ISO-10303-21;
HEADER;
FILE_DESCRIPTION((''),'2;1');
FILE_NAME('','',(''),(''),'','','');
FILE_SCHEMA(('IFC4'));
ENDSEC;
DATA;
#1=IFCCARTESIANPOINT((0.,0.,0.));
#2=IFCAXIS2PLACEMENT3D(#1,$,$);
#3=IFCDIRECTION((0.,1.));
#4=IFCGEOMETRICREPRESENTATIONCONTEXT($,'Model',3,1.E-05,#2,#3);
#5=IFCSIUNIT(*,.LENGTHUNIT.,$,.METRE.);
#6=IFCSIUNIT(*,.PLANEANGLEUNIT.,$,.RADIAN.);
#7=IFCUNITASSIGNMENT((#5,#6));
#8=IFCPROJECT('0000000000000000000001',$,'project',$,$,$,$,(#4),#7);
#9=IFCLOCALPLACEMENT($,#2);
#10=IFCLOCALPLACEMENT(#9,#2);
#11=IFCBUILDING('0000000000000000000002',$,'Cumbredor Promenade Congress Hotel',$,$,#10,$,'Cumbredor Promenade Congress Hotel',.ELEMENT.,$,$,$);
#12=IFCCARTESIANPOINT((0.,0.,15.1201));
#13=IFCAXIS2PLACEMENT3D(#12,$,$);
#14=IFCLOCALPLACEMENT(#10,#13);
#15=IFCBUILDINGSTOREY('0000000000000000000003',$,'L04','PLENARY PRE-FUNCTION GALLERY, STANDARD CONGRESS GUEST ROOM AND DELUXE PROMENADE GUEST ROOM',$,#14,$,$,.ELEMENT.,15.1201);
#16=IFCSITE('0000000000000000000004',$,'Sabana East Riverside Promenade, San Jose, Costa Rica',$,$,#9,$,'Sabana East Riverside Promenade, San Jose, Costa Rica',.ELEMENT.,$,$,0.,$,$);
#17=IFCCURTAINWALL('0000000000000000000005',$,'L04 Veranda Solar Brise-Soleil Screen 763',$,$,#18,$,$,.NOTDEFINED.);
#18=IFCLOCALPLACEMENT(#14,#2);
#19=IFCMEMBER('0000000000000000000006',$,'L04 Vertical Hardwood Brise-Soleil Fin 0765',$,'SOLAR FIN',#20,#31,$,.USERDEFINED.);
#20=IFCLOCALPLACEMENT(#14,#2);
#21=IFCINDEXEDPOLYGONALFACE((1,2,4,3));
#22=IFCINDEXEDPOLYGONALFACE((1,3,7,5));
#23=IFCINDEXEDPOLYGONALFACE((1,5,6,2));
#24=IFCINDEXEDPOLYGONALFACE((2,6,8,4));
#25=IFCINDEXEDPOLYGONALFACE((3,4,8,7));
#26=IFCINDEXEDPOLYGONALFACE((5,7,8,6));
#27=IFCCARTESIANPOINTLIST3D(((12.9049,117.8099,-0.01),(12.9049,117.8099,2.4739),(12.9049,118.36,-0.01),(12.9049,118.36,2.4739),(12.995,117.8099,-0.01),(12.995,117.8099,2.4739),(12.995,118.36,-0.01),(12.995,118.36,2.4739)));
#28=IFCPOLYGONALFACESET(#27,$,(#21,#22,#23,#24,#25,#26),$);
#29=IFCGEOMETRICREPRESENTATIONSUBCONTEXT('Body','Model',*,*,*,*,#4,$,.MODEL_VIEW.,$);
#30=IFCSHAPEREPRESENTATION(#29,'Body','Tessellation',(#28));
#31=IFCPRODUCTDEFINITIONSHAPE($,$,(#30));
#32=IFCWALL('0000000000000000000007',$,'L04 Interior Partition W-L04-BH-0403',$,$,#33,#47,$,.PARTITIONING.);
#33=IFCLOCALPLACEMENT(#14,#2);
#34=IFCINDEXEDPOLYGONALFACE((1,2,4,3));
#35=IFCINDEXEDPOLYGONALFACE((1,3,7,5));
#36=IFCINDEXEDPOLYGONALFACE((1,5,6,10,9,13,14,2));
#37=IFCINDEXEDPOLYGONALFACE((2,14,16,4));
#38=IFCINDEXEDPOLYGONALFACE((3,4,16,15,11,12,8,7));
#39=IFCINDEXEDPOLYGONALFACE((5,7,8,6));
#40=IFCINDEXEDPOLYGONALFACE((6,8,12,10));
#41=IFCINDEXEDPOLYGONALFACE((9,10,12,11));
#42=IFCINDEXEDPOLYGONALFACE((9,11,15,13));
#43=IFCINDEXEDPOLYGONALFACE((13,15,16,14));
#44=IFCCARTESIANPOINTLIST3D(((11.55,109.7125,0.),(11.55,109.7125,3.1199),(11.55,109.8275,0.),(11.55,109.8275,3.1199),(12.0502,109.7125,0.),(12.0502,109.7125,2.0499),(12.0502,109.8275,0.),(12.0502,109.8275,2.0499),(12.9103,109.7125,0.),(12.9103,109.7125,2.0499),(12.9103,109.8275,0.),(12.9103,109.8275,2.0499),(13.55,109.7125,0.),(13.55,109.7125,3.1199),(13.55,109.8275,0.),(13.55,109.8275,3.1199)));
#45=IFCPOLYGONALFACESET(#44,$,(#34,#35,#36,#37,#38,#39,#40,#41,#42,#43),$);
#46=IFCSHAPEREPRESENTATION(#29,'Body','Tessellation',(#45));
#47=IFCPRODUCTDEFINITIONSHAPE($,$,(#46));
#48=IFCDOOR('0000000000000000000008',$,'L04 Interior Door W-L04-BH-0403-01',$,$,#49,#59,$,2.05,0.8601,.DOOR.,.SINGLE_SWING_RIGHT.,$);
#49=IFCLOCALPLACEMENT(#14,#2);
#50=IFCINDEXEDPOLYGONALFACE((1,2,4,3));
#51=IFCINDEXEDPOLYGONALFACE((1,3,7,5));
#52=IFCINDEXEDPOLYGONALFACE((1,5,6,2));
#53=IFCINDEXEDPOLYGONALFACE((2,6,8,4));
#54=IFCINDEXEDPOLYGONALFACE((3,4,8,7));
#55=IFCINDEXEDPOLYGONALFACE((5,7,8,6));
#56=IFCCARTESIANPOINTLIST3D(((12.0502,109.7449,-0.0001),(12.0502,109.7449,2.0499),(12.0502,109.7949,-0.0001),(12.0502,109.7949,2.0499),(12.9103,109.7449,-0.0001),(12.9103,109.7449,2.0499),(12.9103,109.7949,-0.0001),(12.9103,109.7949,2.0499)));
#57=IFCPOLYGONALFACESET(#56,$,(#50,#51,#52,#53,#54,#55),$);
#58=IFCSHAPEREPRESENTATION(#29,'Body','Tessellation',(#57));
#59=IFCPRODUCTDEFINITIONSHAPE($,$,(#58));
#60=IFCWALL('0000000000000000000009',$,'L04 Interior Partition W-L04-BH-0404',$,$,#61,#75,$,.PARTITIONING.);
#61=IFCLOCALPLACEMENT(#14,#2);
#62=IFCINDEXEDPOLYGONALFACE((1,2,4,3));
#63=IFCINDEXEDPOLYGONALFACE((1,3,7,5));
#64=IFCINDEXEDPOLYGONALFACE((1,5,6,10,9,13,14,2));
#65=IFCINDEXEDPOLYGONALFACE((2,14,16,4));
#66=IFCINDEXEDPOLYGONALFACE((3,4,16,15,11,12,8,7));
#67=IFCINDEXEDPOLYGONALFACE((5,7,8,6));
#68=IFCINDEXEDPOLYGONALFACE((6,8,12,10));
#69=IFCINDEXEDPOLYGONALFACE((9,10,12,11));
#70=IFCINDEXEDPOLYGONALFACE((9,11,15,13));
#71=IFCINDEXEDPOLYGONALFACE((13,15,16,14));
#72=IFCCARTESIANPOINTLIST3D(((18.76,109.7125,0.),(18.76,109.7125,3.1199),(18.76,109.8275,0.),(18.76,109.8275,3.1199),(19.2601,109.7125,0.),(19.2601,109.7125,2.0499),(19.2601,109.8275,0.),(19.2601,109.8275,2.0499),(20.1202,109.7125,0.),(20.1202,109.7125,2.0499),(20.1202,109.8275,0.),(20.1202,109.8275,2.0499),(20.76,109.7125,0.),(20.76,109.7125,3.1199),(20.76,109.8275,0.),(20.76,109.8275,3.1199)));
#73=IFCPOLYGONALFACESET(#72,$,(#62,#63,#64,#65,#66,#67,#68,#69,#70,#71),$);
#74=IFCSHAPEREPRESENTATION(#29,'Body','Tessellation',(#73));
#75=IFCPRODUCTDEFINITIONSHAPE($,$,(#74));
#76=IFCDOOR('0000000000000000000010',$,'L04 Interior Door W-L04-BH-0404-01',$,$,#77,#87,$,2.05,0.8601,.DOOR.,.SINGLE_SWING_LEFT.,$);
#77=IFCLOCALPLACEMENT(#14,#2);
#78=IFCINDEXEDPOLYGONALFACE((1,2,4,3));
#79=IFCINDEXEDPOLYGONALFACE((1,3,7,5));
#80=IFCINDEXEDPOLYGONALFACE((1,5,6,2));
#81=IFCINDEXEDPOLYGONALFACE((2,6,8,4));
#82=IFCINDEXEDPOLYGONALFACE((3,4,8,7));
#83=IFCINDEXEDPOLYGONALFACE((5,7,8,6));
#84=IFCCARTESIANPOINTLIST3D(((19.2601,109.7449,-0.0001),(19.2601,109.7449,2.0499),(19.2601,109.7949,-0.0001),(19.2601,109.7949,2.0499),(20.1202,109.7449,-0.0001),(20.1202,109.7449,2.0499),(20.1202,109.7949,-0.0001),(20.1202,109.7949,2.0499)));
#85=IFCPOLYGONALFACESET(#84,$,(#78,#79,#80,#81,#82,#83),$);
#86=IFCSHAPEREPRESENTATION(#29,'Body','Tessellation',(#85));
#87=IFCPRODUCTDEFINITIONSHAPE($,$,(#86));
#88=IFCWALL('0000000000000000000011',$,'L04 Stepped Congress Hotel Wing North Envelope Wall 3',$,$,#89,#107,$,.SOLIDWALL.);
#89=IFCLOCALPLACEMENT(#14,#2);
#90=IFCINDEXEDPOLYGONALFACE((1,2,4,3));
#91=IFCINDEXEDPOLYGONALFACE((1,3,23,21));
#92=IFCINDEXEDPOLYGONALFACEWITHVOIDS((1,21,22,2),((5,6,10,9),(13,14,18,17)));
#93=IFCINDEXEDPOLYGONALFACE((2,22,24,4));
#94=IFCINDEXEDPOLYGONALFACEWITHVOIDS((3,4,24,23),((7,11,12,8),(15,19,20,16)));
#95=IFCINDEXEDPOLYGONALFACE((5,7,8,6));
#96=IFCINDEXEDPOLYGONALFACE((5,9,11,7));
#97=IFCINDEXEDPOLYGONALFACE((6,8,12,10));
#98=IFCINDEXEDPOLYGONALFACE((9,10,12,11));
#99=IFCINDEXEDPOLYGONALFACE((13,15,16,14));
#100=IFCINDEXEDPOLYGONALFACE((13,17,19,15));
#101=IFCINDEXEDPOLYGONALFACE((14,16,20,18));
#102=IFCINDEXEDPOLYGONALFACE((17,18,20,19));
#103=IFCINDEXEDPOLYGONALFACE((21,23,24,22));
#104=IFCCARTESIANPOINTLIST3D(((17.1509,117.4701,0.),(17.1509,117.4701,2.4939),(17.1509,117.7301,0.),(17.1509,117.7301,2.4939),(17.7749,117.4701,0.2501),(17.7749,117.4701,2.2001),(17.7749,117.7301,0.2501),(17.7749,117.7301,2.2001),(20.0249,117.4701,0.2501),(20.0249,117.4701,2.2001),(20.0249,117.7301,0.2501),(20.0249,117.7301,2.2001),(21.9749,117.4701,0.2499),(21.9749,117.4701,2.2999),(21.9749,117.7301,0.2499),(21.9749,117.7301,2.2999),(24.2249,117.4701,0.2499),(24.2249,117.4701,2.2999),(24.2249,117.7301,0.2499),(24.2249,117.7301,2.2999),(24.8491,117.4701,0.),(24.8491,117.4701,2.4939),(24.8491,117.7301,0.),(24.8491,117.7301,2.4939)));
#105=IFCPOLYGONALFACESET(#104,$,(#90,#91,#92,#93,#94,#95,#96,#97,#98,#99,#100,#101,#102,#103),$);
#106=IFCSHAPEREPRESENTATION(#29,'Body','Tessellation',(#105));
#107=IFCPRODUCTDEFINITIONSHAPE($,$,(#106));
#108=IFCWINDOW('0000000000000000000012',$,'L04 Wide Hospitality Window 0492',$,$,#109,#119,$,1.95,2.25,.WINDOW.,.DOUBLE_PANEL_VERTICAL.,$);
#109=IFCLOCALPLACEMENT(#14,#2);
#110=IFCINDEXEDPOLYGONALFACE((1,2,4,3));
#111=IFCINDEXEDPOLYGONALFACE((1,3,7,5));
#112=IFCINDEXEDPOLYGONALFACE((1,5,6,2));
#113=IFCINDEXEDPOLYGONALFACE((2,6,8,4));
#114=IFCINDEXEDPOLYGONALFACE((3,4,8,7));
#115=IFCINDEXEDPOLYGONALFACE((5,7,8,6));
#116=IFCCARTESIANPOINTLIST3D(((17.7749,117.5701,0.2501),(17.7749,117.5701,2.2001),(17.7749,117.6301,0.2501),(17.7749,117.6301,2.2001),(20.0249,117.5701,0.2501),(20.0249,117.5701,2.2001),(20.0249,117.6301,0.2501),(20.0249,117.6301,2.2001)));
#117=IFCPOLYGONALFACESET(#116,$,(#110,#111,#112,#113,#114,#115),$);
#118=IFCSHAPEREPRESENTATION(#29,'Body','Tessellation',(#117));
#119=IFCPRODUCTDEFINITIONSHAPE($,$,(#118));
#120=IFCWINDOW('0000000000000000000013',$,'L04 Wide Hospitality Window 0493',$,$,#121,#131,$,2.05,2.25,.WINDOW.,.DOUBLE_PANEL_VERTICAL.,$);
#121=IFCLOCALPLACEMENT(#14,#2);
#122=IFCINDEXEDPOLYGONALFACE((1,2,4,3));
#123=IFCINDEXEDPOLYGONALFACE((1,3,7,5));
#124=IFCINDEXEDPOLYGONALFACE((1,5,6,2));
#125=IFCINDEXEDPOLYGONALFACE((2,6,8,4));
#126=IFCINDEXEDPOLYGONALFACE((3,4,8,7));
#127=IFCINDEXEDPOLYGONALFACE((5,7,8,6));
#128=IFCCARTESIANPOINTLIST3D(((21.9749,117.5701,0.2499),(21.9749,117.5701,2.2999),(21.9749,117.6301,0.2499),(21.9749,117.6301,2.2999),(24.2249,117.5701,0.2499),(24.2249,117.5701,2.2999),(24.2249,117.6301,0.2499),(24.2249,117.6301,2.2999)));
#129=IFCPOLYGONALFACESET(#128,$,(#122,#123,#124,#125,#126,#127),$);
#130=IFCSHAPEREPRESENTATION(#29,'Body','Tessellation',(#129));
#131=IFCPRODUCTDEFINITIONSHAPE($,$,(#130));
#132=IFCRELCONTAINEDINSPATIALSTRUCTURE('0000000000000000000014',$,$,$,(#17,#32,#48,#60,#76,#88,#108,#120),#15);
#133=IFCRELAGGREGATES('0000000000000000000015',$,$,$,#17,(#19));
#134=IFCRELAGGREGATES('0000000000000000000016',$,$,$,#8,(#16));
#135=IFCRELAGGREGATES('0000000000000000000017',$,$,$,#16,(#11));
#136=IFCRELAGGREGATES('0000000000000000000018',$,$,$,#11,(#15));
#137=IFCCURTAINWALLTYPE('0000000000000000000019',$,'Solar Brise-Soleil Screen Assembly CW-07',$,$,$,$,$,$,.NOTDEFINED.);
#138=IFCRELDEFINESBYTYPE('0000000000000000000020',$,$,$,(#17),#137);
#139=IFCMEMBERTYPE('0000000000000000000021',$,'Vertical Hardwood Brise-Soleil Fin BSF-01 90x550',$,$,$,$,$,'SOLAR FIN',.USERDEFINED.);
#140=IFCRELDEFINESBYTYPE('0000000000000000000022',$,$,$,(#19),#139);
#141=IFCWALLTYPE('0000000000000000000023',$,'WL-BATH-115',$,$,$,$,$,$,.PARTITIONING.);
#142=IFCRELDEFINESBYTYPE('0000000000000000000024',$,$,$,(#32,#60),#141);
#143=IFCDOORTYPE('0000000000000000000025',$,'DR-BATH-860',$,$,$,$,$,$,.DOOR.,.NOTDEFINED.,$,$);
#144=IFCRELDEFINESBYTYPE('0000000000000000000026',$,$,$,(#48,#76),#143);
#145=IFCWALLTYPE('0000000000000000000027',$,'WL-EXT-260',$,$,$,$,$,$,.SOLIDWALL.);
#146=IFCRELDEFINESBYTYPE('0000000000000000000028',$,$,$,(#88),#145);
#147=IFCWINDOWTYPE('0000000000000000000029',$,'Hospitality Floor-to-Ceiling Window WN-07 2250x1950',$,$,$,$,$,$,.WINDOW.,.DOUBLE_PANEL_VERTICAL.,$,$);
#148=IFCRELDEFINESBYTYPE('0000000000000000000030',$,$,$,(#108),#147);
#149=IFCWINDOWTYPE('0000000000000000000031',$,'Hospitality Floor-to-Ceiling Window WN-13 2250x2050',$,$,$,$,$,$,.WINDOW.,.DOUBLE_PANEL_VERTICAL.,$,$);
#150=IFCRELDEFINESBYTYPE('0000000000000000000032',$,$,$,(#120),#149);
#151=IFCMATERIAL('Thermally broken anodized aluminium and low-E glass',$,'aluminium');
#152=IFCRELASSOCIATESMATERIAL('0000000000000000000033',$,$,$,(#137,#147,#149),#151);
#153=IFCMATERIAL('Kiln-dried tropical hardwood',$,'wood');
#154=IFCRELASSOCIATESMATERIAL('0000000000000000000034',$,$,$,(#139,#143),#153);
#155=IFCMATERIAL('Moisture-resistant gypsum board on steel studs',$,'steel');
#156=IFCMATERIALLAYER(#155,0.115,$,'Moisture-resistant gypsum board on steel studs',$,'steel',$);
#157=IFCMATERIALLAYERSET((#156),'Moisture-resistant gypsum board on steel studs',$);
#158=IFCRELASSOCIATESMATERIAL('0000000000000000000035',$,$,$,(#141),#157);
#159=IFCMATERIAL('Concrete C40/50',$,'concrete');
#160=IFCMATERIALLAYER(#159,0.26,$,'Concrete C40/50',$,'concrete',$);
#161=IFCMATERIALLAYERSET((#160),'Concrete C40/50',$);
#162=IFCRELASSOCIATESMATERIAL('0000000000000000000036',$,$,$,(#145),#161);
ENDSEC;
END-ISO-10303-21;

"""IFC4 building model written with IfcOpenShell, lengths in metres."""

from ifc_helpers import new_model, si_unit, direction, frame, frame_2d, origin, origin_2d, place, context, subcontext, project, spatial, rectangle, extrude, material, layer, layer_set, material_profile, profile_set, type_object, element, fill, aggregate, save


model = new_model("IFC4")

# Units and contexts
model_context = context("Model", 3, precision=1e-05, world=origin(), true_north=direction((0.0, 1.0)))
body_context = subcontext(model_context, "Body", "Model", "MODEL_VIEW")
ifc_project = project(units=[si_unit("LENGTHUNIT", "METRE"), si_unit("PLANEANGLEUNIT", "RADIAN")], contexts=[model_context])

# Site, building, storey
site_placement = place(None, origin())
site = spatial("IfcSite", under=ifc_project, at=site_placement, Name="Sabana East Riverside Promenade, San Jose, Costa Rica", LongName="Sabana East Riverside Promenade, San Jose, Costa Rica", CompositionType="ELEMENT", RefElevation=0.0)
building_placement = place(site_placement, origin())
building = spatial("IfcBuilding", under=site, at=building_placement, Name="Cumbredor Promenade Congress Hotel", LongName="Cumbredor Promenade Congress Hotel", CompositionType="ELEMENT")
storey_placement = place(building_placement, frame((0.0, 0.0, 15.1201)))
storey = spatial("IfcBuildingStorey", under=building, at=storey_placement, Name="L04", Description="PLENARY PRE-FUNCTION GALLERY, STANDARD CONGRESS GUEST ROOM AND DELUXE PROMENADE GUEST ROOM", CompositionType="ELEMENT", Elevation=15.1201)

# Shared definitions
ifc_material_1 = material(Name="Concrete C40/50", Category="concrete")

# Curtain wall
ifc_material_2 = material(Name="Thermally broken anodized aluminium and low-E glass", Category="aluminium")
curtain_wall_type = type_object("IfcCurtainWallType", Name="Solar Brise-Soleil Screen Assembly CW-07", PredefinedType="NOTDEFINED", material=ifc_material_2)
curtain_wall_1_placement = place(storey_placement, origin())
curtain_wall_1 = element("IfcCurtainWall", 1, at=curtain_wall_1_placement, inside=storey, type_object=curtain_wall_type, Name="L04 Veranda Solar Brise-Soleil Screen 763", PredefinedType="NOTDEFINED")

# Member
ifc_material_3 = material(Name="Kiln-dried tropical hardwood", Category="wood")
ifc_material_profile_1 = material_profile(ifc_material_3, rectangle(XDim=0.0901, YDim=0.55, at=origin_2d()), Name="ARCH FIN 90x550")
ifc_profile_set_1 = profile_set([ifc_material_profile_1], Name="Kiln-dried tropical hardwood")
member_type_1 = type_object("IfcMemberType", Name="Vertical Hardwood Brise-Soleil Fin BSF-01 90x550", ElementType="SOLAR FIN", PredefinedType="USERDEFINED", material=ifc_profile_set_1)
member_1_placement = place(storey_placement, frame((12.95, 118.085, -0.01), z_axis=(0.0, 0.0, 1.0), x_axis=(1.0, 0.0, 0.0)))
member_1 = element("IfcMember", 2, at=member_1_placement, type_object=member_type_1, Name="L04 Vertical Hardwood Brise-Soleil Fin 0765", ObjectType="SOLAR FIN", PredefinedType="USERDEFINED", context=body_context, shape_type="SweptSolid", body=[
    extrude(rectangle(XDim=0.0901, YDim=0.55, at=origin_2d()), origin(), (0.0, 0.0, 1.0), 2.4839),
])
aggregate(curtain_wall_1, [member_1])

# Walls, openings, doors
ifc_material_4 = material(Name="Moisture-resistant gypsum board on steel studs", Category="steel")
ifc_layer_1 = layer(ifc_material_4, 0.115, Name="Moisture-resistant gypsum board on steel studs", Category="steel")
ifc_layer_set_1 = layer_set([ifc_layer_1], Name="Moisture-resistant gypsum board on steel studs")
wall_type_1 = type_object("IfcWallType", Name="WL-BATH-115", PredefinedType="PARTITIONING", material=ifc_layer_set_1)
wall_1_placement = place(storey_placement, frame((11.55, 109.77, 0.0), z_axis=(0.0, 0.0, 1.0), x_axis=(1.0, 0.0, 0.0)))
wall_1 = element("IfcWall", 3, at=wall_1_placement, inside=storey, type_object=wall_type_1, Name="L04 Interior Partition W-L04-BH-0403", PredefinedType="PARTITIONING", context=body_context, shape_type="SweptSolid", body=[
    extrude(rectangle(XDim=2.0, YDim=0.115, at=frame_2d((1.0, 0.0))), origin(), (0.0, 0.0, 1.0), 3.1199),
])
opening_1_placement = place(wall_1_placement, frame((0.5, 0.0, 0.0)))
opening_1 = element("IfcOpeningElement", 4, at=opening_1_placement, cuts=wall_1, PredefinedType="OPENING", context=body_context, shape_type="SweptSolid", body=[
    extrude(rectangle(XDim=0.8601, YDim=2.05, at=frame_2d((0.4302, 1.0249))), frame((0.0, 0.0674, 0.0), z_axis=(0.0, -1.0, 0.0), x_axis=(1.0, 0.0, 0.0)), (0.0, 0.0, 1.0), 0.135),
])
door_type_1 = type_object("IfcDoorType", Name="DR-BATH-860", OperationType="NOTDEFINED", PredefinedType="DOOR", material=ifc_material_3)
door_1_placement = place(opening_1_placement, origin())
door_1 = element("IfcDoor", 5, at=door_1_placement, inside=storey, type_object=door_type_1, Name="L04 Interior Door W-L04-BH-0403-01", OperationType="SINGLE_SWING_RIGHT", OverallHeight=2.05, OverallWidth=0.8601, PredefinedType="DOOR", context=body_context, shape_type="SweptSolid", body=[
    extrude(rectangle(XDim=0.8601, YDim=2.05, at=frame_2d((0.4302, 1.0249))), frame((0.0, 0.0249, 0.0), z_axis=(0.0, -1.0, 0.0), x_axis=(1.0, 0.0, 0.0)), (0.0, 0.0, 1.0), 0.05),
])
fill(opening_1, door_1)
wall_2_placement = place(storey_placement, frame((18.76, 109.77, 0.0), z_axis=(0.0, 0.0, 1.0), x_axis=(1.0, 0.0, 0.0)))
wall_2 = element("IfcWall", 6, at=wall_2_placement, inside=storey, type_object=wall_type_1, Name="L04 Interior Partition W-L04-BH-0404", PredefinedType="PARTITIONING", context=body_context, shape_type="SweptSolid", body=[
    extrude(rectangle(XDim=2.0, YDim=0.115, at=frame_2d((1.0, 0.0))), origin(), (0.0, 0.0, 1.0), 3.1199),
])
opening_2_placement = place(wall_2_placement, frame((0.5, 0.0, 0.0)))
opening_2 = element("IfcOpeningElement", 7, at=opening_2_placement, cuts=wall_2, PredefinedType="OPENING", context=body_context, shape_type="SweptSolid", body=[
    extrude(rectangle(XDim=0.8601, YDim=2.05, at=frame_2d((0.4302, 1.0249))), frame((0.0, 0.0674, 0.0), z_axis=(0.0, -1.0, 0.0), x_axis=(1.0, 0.0, 0.0)), (0.0, 0.0, 1.0), 0.135),
])
door_2_placement = place(opening_2_placement, origin())
door_2 = element("IfcDoor", 8, at=door_2_placement, inside=storey, type_object=door_type_1, Name="L04 Interior Door W-L04-BH-0404-01", OperationType="SINGLE_SWING_LEFT", OverallHeight=2.05, OverallWidth=0.8601, PredefinedType="DOOR", context=body_context, shape_type="SweptSolid", body=[
    extrude(rectangle(XDim=0.8601, YDim=2.05, at=frame_2d((0.4302, 1.0249))), frame((0.0, 0.0249, 0.0), z_axis=(0.0, -1.0, 0.0), x_axis=(1.0, 0.0, 0.0)), (0.0, 0.0, 1.0), 0.05),
])
fill(opening_2, door_2)

# Wall, openings, windows
ifc_layer_2 = layer(ifc_material_1, 0.26, Name="Concrete C40/50", Category="concrete")
ifc_layer_set_2 = layer_set([ifc_layer_2], Name="Concrete C40/50")
wall_type_2 = type_object("IfcWallType", Name="WL-EXT-260", PredefinedType="SOLIDWALL", material=ifc_layer_set_2)
wall_3_placement = place(storey_placement, frame((17.1509, 117.6001, 0.0), z_axis=(0.0, 0.0, 1.0), x_axis=(1.0, 0.0, 0.0)))
wall_3 = element("IfcWall", 9, at=wall_3_placement, inside=storey, type_object=wall_type_2, Name="L04 Stepped Congress Hotel Wing North Envelope Wall 3", PredefinedType="SOLIDWALL", context=body_context, shape_type="SweptSolid", body=[
    extrude(rectangle(XDim=7.6982, YDim=0.26, at=frame_2d((3.8491, 0.0))), origin(), (0.0, 0.0, 1.0), 2.4939),
])
opening_3_placement = place(wall_3_placement, frame((0.624, 0.0, 0.25)))
opening_3 = element("IfcOpeningElement", 10, at=opening_3_placement, cuts=wall_3, PredefinedType="OPENING", context=body_context, shape_type="SweptSolid", body=[
    extrude(rectangle(XDim=2.25, YDim=1.95, at=frame_2d((1.125, 0.9751))), frame((0.0, 0.1401, 0.0), z_axis=(0.0, -1.0, 0.0), x_axis=(1.0, 0.0, 0.0)), (0.0, 0.0, 1.0), 0.28),
])
opening_4_placement = place(wall_3_placement, frame((4.824, 0.0, 0.25)))
opening_4 = element("IfcOpeningElement", 11, at=opening_4_placement, cuts=wall_3, PredefinedType="OPENING", context=body_context, shape_type="SweptSolid", body=[
    extrude(rectangle(XDim=2.25, YDim=2.05, at=frame_2d((1.125, 1.0249))), frame((0.0, 0.1401, 0.0), z_axis=(0.0, -1.0, 0.0), x_axis=(1.0, 0.0, 0.0)), (0.0, 0.0, 1.0), 0.28),
])
window_type_1 = type_object("IfcWindowType", Name="Hospitality Floor-to-Ceiling Window WN-07 2250x1950", PartitioningType="DOUBLE_PANEL_VERTICAL", PredefinedType="WINDOW", material=ifc_material_2)
window_1_placement = place(opening_3_placement, origin())
window_1 = element("IfcWindow", 12, at=window_1_placement, inside=storey, type_object=window_type_1, Name="L04 Wide Hospitality Window 0492", OverallHeight=1.95, OverallWidth=2.25, PartitioningType="DOUBLE_PANEL_VERTICAL", PredefinedType="WINDOW", context=body_context, shape_type="SweptSolid", body=[
    extrude(rectangle(XDim=2.25, YDim=1.95, at=frame_2d((1.125, 0.9751))), frame((0.0, 0.03, 0.0), z_axis=(0.0, -1.0, 0.0), x_axis=(1.0, 0.0, 0.0)), (0.0, 0.0, 1.0), 0.0601),
])
fill(opening_3, window_1)
window_type_2 = type_object("IfcWindowType", Name="Hospitality Floor-to-Ceiling Window WN-13 2250x2050", PartitioningType="DOUBLE_PANEL_VERTICAL", PredefinedType="WINDOW", material=ifc_material_2)
window_2_placement = place(opening_4_placement, origin())
window_2 = element("IfcWindow", 13, at=window_2_placement, inside=storey, type_object=window_type_2, Name="L04 Wide Hospitality Window 0493", OverallHeight=2.05, OverallWidth=2.25, PartitioningType="DOUBLE_PANEL_VERTICAL", PredefinedType="WINDOW", context=body_context, shape_type="SweptSolid", body=[
    extrude(rectangle(XDim=2.25, YDim=2.05, at=frame_2d((1.125, 1.0249))), frame((0.0, 0.03, 0.0), z_axis=(0.0, -1.0, 0.0), x_axis=(1.0, 0.0, 0.0)), (0.0, 0.0, 1.0), 0.0601),
])
fill(opening_4, window_2)

save(model, "model.ifc")
